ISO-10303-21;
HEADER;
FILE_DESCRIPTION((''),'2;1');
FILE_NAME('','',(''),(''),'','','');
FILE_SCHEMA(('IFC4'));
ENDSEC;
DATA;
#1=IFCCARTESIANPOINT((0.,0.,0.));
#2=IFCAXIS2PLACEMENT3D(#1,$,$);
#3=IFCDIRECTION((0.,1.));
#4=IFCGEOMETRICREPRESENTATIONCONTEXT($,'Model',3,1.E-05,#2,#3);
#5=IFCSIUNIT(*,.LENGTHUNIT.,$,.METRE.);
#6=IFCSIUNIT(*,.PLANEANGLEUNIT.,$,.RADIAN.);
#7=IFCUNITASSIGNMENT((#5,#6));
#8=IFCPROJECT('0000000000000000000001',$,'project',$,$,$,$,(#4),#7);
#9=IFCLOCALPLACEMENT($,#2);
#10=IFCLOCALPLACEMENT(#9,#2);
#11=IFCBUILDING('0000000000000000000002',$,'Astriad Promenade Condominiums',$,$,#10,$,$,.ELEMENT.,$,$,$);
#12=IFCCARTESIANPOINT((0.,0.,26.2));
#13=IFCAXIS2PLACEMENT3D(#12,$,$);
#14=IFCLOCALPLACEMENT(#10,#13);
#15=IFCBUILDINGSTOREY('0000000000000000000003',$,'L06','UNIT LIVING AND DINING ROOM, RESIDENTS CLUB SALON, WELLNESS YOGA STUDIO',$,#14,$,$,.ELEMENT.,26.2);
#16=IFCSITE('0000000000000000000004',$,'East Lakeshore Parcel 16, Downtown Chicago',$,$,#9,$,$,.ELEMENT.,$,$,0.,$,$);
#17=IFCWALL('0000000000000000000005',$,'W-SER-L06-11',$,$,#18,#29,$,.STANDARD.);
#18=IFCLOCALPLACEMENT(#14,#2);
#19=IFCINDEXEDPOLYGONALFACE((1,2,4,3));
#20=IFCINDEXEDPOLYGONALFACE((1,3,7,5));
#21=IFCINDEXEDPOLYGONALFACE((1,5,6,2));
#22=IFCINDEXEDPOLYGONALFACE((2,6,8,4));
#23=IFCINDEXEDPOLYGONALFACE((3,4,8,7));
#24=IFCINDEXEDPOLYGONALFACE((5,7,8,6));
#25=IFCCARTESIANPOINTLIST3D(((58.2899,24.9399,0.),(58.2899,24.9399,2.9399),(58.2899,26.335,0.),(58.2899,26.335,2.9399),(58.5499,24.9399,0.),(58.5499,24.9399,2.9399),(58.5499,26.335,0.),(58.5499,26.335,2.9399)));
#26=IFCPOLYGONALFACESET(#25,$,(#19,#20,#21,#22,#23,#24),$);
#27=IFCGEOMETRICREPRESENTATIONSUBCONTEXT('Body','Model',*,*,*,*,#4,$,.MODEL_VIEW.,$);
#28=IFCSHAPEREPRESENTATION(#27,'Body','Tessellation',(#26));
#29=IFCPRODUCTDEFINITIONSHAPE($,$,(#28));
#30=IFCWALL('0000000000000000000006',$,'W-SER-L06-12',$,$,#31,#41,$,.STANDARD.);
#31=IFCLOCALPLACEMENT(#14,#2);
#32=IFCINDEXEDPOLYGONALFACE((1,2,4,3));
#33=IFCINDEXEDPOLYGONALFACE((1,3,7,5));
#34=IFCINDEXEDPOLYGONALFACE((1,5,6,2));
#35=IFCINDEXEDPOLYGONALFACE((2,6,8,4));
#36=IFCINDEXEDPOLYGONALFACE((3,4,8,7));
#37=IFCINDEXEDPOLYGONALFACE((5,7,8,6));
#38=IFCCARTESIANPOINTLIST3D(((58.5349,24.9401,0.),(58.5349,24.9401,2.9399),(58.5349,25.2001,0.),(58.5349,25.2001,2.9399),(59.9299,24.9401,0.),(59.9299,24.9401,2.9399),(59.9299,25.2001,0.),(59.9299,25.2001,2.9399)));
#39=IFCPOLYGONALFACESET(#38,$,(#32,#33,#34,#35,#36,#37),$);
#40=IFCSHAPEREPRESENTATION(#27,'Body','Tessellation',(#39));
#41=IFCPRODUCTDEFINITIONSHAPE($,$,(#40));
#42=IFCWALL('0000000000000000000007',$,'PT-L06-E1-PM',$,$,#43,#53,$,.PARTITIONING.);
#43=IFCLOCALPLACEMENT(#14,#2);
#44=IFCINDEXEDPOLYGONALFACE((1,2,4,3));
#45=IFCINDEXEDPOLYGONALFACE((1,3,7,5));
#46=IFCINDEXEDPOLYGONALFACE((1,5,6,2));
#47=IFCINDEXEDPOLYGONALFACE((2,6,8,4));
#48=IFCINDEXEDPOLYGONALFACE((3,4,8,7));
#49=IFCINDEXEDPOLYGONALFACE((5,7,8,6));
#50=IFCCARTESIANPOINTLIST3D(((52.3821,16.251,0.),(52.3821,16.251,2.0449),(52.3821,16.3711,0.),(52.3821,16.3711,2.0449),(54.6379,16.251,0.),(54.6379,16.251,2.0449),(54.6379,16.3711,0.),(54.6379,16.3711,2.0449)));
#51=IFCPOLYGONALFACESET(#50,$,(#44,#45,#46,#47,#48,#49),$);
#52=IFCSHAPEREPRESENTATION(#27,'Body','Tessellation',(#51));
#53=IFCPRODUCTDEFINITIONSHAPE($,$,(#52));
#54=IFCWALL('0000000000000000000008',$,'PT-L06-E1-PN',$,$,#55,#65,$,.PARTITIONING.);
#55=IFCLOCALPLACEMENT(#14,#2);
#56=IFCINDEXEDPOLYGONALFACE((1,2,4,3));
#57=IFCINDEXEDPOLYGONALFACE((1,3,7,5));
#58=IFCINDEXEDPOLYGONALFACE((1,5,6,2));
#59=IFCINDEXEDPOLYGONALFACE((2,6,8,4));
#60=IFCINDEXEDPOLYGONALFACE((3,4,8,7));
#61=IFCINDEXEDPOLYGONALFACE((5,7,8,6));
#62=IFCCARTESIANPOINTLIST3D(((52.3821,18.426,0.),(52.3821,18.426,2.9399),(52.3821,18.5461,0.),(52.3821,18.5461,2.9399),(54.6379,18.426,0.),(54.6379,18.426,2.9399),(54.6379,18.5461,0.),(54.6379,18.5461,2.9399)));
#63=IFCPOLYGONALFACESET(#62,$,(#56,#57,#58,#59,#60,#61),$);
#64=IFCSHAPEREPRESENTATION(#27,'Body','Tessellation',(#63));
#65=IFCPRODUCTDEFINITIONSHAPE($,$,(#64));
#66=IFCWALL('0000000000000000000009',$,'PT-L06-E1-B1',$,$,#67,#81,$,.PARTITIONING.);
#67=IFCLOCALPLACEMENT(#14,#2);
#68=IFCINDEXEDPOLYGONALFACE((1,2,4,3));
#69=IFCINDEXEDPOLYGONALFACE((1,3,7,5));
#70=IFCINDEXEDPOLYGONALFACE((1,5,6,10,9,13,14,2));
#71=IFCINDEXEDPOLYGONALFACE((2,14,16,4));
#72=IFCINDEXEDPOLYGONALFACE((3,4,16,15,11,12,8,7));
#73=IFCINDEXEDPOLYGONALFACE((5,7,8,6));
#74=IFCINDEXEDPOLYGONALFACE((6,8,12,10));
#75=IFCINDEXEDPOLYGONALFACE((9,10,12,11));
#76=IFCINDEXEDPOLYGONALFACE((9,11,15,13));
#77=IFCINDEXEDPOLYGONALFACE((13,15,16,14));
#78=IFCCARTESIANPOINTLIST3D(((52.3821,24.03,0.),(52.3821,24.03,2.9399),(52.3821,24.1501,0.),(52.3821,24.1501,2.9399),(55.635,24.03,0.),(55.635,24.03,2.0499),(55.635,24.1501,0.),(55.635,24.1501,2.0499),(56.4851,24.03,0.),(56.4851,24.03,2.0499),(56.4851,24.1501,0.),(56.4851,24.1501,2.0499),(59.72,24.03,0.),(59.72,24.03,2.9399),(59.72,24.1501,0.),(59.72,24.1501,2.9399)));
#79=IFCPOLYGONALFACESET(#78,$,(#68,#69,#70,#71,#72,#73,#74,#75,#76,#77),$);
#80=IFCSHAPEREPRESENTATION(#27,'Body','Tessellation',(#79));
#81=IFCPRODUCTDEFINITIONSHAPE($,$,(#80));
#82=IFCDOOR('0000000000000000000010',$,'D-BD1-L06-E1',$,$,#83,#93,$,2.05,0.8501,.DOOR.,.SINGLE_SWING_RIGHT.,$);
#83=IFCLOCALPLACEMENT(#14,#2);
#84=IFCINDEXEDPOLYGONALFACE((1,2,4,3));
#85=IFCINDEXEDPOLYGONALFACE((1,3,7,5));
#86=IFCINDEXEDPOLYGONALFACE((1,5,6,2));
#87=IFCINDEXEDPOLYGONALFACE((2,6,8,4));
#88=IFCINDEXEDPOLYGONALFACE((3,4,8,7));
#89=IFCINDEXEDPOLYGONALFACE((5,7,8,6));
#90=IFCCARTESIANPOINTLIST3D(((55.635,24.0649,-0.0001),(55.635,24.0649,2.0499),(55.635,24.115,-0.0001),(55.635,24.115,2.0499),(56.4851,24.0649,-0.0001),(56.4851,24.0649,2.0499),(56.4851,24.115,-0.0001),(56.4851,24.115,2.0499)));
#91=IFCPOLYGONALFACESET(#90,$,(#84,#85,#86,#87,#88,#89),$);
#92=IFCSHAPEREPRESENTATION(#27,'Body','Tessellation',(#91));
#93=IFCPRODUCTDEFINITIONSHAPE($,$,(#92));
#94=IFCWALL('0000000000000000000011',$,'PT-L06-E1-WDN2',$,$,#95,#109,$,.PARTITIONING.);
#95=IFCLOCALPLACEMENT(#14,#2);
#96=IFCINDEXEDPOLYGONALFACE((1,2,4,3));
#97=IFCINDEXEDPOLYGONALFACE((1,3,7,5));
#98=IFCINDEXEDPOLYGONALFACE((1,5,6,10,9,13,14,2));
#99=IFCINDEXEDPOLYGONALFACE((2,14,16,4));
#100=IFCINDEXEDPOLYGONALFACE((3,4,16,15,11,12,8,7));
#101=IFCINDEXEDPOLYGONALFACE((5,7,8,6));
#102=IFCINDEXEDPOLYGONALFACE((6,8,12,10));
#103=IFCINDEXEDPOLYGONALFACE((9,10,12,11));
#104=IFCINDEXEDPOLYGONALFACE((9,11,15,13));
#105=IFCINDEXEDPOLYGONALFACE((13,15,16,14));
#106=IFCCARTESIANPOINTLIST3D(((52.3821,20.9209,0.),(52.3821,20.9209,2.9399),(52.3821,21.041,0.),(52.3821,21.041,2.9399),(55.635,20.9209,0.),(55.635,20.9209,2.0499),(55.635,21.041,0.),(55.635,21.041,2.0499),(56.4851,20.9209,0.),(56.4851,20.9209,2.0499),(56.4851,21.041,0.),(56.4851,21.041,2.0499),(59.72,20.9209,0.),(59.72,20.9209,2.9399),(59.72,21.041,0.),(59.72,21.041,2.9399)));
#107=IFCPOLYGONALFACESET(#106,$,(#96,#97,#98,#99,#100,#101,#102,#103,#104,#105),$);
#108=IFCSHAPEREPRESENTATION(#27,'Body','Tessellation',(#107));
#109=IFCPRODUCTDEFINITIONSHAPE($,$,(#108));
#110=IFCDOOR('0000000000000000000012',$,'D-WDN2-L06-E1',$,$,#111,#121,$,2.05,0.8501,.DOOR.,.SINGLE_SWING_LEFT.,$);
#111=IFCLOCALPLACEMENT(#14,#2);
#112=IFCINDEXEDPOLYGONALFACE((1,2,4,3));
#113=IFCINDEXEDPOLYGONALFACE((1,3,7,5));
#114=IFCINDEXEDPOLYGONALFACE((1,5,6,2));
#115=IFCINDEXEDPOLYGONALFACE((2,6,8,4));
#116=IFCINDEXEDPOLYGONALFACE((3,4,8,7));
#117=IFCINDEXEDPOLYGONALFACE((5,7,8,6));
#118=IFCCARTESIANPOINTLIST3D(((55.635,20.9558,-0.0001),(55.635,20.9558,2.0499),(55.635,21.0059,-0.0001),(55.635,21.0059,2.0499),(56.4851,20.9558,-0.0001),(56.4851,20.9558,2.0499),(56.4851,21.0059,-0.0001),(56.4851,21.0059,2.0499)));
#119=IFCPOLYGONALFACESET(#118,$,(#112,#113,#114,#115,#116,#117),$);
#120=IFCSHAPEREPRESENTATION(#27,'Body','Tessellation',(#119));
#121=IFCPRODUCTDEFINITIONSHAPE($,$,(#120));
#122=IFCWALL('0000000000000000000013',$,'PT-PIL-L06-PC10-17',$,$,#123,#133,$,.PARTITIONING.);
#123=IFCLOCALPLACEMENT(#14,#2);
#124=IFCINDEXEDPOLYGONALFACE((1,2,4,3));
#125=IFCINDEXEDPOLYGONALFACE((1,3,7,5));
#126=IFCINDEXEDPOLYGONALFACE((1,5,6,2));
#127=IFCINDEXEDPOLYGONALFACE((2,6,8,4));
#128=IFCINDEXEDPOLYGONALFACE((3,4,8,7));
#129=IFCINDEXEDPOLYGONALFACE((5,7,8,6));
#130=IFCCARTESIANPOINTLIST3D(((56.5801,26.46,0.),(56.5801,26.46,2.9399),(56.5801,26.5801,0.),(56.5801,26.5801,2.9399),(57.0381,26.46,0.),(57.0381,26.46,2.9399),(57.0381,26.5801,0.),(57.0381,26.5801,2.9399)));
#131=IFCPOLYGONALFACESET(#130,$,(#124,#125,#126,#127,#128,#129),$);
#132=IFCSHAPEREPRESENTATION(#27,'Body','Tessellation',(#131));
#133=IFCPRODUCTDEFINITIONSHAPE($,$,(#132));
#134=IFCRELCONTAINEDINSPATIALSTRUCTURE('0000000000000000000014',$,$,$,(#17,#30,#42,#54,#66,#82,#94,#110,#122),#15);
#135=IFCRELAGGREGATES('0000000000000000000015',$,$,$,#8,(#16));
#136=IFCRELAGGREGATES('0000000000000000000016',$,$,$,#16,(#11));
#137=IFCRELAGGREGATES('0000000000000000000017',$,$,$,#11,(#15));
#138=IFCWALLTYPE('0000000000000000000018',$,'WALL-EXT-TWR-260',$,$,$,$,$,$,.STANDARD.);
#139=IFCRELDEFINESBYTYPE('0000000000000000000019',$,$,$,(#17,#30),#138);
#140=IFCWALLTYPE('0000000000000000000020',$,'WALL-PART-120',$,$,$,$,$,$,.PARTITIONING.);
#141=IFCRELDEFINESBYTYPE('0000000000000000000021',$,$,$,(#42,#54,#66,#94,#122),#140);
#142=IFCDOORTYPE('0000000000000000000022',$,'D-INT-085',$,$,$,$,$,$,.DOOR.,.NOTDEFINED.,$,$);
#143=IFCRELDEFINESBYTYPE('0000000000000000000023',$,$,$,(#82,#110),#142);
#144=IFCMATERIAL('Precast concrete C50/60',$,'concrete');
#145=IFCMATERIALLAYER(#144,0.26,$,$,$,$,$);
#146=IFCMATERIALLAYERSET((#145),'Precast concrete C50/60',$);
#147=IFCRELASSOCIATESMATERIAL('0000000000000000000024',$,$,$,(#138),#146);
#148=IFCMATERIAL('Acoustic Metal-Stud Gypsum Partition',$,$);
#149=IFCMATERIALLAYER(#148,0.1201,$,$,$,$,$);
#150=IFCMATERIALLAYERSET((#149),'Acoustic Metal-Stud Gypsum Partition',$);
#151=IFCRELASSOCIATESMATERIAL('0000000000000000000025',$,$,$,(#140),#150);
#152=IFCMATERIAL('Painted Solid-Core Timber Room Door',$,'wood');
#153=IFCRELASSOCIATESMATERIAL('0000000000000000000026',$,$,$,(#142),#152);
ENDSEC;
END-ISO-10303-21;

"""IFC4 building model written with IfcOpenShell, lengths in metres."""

from ifc_helpers import new_model, si_unit, direction, frame, frame_2d, origin, place, context, subcontext, project, spatial, rectangle, extrude, source, transform, mapped, material, layer, layer_set, type_object, type_shapes, element, fill, save


model = new_model("IFC4")

# Units and contexts
model_context = context("Model", 3, precision=1e-05, world=origin(), true_north=direction((0.0, 1.0)))
body_context = subcontext(model_context, "Body", "Model", "MODEL_VIEW")
ifc_project = project(units=[si_unit("LENGTHUNIT", "METRE"), si_unit("PLANEANGLEUNIT", "RADIAN")], contexts=[model_context])

# Site, building, storey
site_placement = place(None, origin())
site = spatial("IfcSite", under=ifc_project, at=site_placement, Name="East Lakeshore Parcel 16, Downtown Chicago", CompositionType="ELEMENT", RefElevation=0.0)
building_placement = place(site_placement, origin())
building = spatial("IfcBuilding", under=site, at=building_placement, Name="Astriad Promenade Condominiums", CompositionType="ELEMENT")
storey_placement = place(building_placement, frame((0.0, 0.0, 26.2)))
storey = spatial("IfcBuildingStorey", under=building, at=storey_placement, Name="L06", Description="UNIT LIVING AND DINING ROOM, RESIDENTS CLUB SALON, WELLNESS YOGA STUDIO", CompositionType="ELEMENT", Elevation=26.2)

# Walls
ifc_material_1 = material(Name="Precast concrete C50/60", Category="concrete")
ifc_layer_1 = layer(ifc_material_1, 0.26)
ifc_layer_set_1 = layer_set([ifc_layer_1], Name="Precast concrete C50/60")
wall_type_1 = type_object("IfcWallType", Name="WALL-EXT-TWR-260", PredefinedType="STANDARD", material=ifc_layer_set_1)
for number, where, z_axis, x_axis, name in (
    (1, (58.4199, 26.335, 0.0), (0.0, 0.0, 1.0), (0.0, -1.0, 0.0), "W-SER-L06-11"),
    (2, (58.5349, 25.0701, 0.0), (0.0, 0.0, 1.0), (1.0, 0.0, 0.0), "W-SER-L06-12"),
):
    element("IfcWall", number, at=place(storey_placement, frame(where, z_axis=z_axis, x_axis=x_axis)), inside=storey, type_object=wall_type_1, Name=name, PredefinedType="STANDARD", context=body_context, shape_type="SweptSolid", body=[
        extrude(rectangle(XDim=1.395, YDim=0.26, at=frame_2d((0.6975, 0.0))), origin(), (0.0, 0.0, 1.0), 2.9399),
    ])
ifc_material_2 = material(Name="Acoustic Metal-Stud Gypsum Partition")
ifc_layer_2 = layer(ifc_material_2, 0.1201)
ifc_layer_set_2 = layer_set([ifc_layer_2], Name="Acoustic Metal-Stud Gypsum Partition")
wall_type_2 = type_object("IfcWallType", Name="WALL-PART-120", PredefinedType="PARTITIONING", material=ifc_layer_set_2)
wall_1_placement = place(storey_placement, frame((52.3821, 16.311, 0.0), z_axis=(0.0, 0.0, 1.0), x_axis=(1.0, 0.0, 0.0)))
element("IfcWall", 3, at=wall_1_placement, inside=storey, type_object=wall_type_2, Name="PT-L06-E1-PM", PredefinedType="PARTITIONING", context=body_context, shape_type="SweptSolid", body=[
    extrude(rectangle(XDim=2.2559, YDim=0.1201, at=frame_2d((1.1279, 0.0))), origin(), (0.0, 0.0, 1.0), 2.0449),
])
wall_2_placement = place(storey_placement, frame((52.3821, 18.4861, 0.0), z_axis=(0.0, 0.0, 1.0), x_axis=(1.0, 0.0, 0.0)))
element("IfcWall", 4, at=wall_2_placement, inside=storey, type_object=wall_type_2, Name="PT-L06-E1-PN", PredefinedType="PARTITIONING", context=body_context, shape_type="SweptSolid", body=[
    extrude(rectangle(XDim=2.2559, YDim=0.1201, at=frame_2d((1.1279, 0.0))), origin(), (0.0, 0.0, 1.0), 2.9399),
])

# Walls, openings, doors
wall_3_placement = place(storey_placement, frame((52.3821, 24.0901, 0.0), z_axis=(0.0, 0.0, 1.0), x_axis=(1.0, 0.0, 0.0)))
wall_3 = element("IfcWall", 5, at=wall_3_placement, inside=storey, type_object=wall_type_2, Name="PT-L06-E1-B1", PredefinedType="PARTITIONING", context=body_context, shape_type="SweptSolid", body=[
    extrude(rectangle(XDim=7.3379, YDim=0.1201, at=frame_2d((3.6689, 0.0))), origin(), (0.0, 0.0, 1.0), 2.9399),
])
opening_1_placement = place(wall_3_placement, frame((3.2529, 0.0, 0.0)))
opening_1 = element("IfcOpeningElement", 6, at=opening_1_placement, cuts=wall_3, PredefinedType="OPENING", context=body_context, shape_type="SweptSolid", body=[
    extrude(rectangle(XDim=0.8501, YDim=2.05, at=frame_2d((0.425, 1.0249))), frame((0.0, 0.0701, 0.0), z_axis=(0.0, -1.0, 0.0), x_axis=(1.0, 0.0, 0.0)), (0.0, 0.0, 1.0), 0.1401),
])
ifc_material_3 = material(Name="Painted Solid-Core Timber Room Door", Category="wood")
door_type = type_object("IfcDoorType", Name="D-INT-085", OperationType="NOTDEFINED", PredefinedType="DOOR", material=ifc_material_3)
shared_shape_1 = source(origin(), body_context, "Body", "SweptSolid", [
    extrude(rectangle(XDim=0.8501, YDim=2.05, at=frame_2d((0.425, 1.0249))), frame((0.0, 0.0249, 0.0), z_axis=(0.0, -1.0, 0.0), x_axis=(1.0, 0.0, 0.0)), (0.0, 0.0, 1.0), 0.05),
])
type_shapes(door_type, [shared_shape_1])
door_1_placement = place(opening_1_placement, origin())
door_1 = element("IfcDoor", 7, at=door_1_placement, inside=storey, type_object=door_type, Name="D-BD1-L06-E1", OperationType="SINGLE_SWING_RIGHT", OverallHeight=2.05, OverallWidth=0.8501, PredefinedType="DOOR", context=body_context, shape_type="MappedRepresentation", body=[
    mapped(shared_shape_1, transform((0.0, 0.0, 0.0), scale=1.0)),
])
fill(opening_1, door_1)
wall_4_placement = place(storey_placement, frame((52.3821, 20.981, 0.0), z_axis=(0.0, 0.0, 1.0), x_axis=(1.0, 0.0, 0.0)))
wall_4 = element("IfcWall", 8, at=wall_4_placement, inside=storey, type_object=wall_type_2, Name="PT-L06-E1-WDN2", PredefinedType="PARTITIONING", context=body_context, shape_type="SweptSolid", body=[
    extrude(rectangle(XDim=7.3379, YDim=0.1201, at=frame_2d((3.6689, 0.0))), origin(), (0.0, 0.0, 1.0), 2.9399),
])
opening_2_placement = place(wall_4_placement, frame((3.2529, 0.0, 0.0)))
opening_2 = element("IfcOpeningElement", 9, at=opening_2_placement, cuts=wall_4, PredefinedType="OPENING", context=body_context, shape_type="SweptSolid", body=[
    extrude(rectangle(XDim=0.8501, YDim=2.05, at=frame_2d((0.425, 1.0249))), frame((0.0, 0.0701, 0.0), z_axis=(0.0, -1.0, 0.0), x_axis=(1.0, 0.0, 0.0)), (0.0, 0.0, 1.0), 0.1401),
])
door_2_placement = place(opening_2_placement, origin())
door_2 = element("IfcDoor", 10, at=door_2_placement, inside=storey, type_object=door_type, Name="D-WDN2-L06-E1", OperationType="SINGLE_SWING_LEFT", OverallHeight=2.05, OverallWidth=0.8501, PredefinedType="DOOR", context=body_context, shape_type="MappedRepresentation", body=[
    mapped(shared_shape_1, transform((0.0, 0.0, 0.0), scale=1.0)),
])
fill(opening_2, door_2)

# Wall
wall_5_placement = place(storey_placement, frame((56.5801, 26.52, 0.0), z_axis=(0.0, 0.0, 1.0), x_axis=(1.0, 0.0, 0.0)))
element("IfcWall", 11, at=wall_5_placement, inside=storey, type_object=wall_type_2, Name="PT-PIL-L06-PC10-17", PredefinedType="PARTITIONING", context=body_context, shape_type="SweptSolid", body=[
    extrude(rectangle(XDim=0.458, YDim=0.1201, at=frame_2d((0.229, 0.0))), origin(), (0.0, 0.0, 1.0), 2.9399),
])

save(model, "model.ifc")
